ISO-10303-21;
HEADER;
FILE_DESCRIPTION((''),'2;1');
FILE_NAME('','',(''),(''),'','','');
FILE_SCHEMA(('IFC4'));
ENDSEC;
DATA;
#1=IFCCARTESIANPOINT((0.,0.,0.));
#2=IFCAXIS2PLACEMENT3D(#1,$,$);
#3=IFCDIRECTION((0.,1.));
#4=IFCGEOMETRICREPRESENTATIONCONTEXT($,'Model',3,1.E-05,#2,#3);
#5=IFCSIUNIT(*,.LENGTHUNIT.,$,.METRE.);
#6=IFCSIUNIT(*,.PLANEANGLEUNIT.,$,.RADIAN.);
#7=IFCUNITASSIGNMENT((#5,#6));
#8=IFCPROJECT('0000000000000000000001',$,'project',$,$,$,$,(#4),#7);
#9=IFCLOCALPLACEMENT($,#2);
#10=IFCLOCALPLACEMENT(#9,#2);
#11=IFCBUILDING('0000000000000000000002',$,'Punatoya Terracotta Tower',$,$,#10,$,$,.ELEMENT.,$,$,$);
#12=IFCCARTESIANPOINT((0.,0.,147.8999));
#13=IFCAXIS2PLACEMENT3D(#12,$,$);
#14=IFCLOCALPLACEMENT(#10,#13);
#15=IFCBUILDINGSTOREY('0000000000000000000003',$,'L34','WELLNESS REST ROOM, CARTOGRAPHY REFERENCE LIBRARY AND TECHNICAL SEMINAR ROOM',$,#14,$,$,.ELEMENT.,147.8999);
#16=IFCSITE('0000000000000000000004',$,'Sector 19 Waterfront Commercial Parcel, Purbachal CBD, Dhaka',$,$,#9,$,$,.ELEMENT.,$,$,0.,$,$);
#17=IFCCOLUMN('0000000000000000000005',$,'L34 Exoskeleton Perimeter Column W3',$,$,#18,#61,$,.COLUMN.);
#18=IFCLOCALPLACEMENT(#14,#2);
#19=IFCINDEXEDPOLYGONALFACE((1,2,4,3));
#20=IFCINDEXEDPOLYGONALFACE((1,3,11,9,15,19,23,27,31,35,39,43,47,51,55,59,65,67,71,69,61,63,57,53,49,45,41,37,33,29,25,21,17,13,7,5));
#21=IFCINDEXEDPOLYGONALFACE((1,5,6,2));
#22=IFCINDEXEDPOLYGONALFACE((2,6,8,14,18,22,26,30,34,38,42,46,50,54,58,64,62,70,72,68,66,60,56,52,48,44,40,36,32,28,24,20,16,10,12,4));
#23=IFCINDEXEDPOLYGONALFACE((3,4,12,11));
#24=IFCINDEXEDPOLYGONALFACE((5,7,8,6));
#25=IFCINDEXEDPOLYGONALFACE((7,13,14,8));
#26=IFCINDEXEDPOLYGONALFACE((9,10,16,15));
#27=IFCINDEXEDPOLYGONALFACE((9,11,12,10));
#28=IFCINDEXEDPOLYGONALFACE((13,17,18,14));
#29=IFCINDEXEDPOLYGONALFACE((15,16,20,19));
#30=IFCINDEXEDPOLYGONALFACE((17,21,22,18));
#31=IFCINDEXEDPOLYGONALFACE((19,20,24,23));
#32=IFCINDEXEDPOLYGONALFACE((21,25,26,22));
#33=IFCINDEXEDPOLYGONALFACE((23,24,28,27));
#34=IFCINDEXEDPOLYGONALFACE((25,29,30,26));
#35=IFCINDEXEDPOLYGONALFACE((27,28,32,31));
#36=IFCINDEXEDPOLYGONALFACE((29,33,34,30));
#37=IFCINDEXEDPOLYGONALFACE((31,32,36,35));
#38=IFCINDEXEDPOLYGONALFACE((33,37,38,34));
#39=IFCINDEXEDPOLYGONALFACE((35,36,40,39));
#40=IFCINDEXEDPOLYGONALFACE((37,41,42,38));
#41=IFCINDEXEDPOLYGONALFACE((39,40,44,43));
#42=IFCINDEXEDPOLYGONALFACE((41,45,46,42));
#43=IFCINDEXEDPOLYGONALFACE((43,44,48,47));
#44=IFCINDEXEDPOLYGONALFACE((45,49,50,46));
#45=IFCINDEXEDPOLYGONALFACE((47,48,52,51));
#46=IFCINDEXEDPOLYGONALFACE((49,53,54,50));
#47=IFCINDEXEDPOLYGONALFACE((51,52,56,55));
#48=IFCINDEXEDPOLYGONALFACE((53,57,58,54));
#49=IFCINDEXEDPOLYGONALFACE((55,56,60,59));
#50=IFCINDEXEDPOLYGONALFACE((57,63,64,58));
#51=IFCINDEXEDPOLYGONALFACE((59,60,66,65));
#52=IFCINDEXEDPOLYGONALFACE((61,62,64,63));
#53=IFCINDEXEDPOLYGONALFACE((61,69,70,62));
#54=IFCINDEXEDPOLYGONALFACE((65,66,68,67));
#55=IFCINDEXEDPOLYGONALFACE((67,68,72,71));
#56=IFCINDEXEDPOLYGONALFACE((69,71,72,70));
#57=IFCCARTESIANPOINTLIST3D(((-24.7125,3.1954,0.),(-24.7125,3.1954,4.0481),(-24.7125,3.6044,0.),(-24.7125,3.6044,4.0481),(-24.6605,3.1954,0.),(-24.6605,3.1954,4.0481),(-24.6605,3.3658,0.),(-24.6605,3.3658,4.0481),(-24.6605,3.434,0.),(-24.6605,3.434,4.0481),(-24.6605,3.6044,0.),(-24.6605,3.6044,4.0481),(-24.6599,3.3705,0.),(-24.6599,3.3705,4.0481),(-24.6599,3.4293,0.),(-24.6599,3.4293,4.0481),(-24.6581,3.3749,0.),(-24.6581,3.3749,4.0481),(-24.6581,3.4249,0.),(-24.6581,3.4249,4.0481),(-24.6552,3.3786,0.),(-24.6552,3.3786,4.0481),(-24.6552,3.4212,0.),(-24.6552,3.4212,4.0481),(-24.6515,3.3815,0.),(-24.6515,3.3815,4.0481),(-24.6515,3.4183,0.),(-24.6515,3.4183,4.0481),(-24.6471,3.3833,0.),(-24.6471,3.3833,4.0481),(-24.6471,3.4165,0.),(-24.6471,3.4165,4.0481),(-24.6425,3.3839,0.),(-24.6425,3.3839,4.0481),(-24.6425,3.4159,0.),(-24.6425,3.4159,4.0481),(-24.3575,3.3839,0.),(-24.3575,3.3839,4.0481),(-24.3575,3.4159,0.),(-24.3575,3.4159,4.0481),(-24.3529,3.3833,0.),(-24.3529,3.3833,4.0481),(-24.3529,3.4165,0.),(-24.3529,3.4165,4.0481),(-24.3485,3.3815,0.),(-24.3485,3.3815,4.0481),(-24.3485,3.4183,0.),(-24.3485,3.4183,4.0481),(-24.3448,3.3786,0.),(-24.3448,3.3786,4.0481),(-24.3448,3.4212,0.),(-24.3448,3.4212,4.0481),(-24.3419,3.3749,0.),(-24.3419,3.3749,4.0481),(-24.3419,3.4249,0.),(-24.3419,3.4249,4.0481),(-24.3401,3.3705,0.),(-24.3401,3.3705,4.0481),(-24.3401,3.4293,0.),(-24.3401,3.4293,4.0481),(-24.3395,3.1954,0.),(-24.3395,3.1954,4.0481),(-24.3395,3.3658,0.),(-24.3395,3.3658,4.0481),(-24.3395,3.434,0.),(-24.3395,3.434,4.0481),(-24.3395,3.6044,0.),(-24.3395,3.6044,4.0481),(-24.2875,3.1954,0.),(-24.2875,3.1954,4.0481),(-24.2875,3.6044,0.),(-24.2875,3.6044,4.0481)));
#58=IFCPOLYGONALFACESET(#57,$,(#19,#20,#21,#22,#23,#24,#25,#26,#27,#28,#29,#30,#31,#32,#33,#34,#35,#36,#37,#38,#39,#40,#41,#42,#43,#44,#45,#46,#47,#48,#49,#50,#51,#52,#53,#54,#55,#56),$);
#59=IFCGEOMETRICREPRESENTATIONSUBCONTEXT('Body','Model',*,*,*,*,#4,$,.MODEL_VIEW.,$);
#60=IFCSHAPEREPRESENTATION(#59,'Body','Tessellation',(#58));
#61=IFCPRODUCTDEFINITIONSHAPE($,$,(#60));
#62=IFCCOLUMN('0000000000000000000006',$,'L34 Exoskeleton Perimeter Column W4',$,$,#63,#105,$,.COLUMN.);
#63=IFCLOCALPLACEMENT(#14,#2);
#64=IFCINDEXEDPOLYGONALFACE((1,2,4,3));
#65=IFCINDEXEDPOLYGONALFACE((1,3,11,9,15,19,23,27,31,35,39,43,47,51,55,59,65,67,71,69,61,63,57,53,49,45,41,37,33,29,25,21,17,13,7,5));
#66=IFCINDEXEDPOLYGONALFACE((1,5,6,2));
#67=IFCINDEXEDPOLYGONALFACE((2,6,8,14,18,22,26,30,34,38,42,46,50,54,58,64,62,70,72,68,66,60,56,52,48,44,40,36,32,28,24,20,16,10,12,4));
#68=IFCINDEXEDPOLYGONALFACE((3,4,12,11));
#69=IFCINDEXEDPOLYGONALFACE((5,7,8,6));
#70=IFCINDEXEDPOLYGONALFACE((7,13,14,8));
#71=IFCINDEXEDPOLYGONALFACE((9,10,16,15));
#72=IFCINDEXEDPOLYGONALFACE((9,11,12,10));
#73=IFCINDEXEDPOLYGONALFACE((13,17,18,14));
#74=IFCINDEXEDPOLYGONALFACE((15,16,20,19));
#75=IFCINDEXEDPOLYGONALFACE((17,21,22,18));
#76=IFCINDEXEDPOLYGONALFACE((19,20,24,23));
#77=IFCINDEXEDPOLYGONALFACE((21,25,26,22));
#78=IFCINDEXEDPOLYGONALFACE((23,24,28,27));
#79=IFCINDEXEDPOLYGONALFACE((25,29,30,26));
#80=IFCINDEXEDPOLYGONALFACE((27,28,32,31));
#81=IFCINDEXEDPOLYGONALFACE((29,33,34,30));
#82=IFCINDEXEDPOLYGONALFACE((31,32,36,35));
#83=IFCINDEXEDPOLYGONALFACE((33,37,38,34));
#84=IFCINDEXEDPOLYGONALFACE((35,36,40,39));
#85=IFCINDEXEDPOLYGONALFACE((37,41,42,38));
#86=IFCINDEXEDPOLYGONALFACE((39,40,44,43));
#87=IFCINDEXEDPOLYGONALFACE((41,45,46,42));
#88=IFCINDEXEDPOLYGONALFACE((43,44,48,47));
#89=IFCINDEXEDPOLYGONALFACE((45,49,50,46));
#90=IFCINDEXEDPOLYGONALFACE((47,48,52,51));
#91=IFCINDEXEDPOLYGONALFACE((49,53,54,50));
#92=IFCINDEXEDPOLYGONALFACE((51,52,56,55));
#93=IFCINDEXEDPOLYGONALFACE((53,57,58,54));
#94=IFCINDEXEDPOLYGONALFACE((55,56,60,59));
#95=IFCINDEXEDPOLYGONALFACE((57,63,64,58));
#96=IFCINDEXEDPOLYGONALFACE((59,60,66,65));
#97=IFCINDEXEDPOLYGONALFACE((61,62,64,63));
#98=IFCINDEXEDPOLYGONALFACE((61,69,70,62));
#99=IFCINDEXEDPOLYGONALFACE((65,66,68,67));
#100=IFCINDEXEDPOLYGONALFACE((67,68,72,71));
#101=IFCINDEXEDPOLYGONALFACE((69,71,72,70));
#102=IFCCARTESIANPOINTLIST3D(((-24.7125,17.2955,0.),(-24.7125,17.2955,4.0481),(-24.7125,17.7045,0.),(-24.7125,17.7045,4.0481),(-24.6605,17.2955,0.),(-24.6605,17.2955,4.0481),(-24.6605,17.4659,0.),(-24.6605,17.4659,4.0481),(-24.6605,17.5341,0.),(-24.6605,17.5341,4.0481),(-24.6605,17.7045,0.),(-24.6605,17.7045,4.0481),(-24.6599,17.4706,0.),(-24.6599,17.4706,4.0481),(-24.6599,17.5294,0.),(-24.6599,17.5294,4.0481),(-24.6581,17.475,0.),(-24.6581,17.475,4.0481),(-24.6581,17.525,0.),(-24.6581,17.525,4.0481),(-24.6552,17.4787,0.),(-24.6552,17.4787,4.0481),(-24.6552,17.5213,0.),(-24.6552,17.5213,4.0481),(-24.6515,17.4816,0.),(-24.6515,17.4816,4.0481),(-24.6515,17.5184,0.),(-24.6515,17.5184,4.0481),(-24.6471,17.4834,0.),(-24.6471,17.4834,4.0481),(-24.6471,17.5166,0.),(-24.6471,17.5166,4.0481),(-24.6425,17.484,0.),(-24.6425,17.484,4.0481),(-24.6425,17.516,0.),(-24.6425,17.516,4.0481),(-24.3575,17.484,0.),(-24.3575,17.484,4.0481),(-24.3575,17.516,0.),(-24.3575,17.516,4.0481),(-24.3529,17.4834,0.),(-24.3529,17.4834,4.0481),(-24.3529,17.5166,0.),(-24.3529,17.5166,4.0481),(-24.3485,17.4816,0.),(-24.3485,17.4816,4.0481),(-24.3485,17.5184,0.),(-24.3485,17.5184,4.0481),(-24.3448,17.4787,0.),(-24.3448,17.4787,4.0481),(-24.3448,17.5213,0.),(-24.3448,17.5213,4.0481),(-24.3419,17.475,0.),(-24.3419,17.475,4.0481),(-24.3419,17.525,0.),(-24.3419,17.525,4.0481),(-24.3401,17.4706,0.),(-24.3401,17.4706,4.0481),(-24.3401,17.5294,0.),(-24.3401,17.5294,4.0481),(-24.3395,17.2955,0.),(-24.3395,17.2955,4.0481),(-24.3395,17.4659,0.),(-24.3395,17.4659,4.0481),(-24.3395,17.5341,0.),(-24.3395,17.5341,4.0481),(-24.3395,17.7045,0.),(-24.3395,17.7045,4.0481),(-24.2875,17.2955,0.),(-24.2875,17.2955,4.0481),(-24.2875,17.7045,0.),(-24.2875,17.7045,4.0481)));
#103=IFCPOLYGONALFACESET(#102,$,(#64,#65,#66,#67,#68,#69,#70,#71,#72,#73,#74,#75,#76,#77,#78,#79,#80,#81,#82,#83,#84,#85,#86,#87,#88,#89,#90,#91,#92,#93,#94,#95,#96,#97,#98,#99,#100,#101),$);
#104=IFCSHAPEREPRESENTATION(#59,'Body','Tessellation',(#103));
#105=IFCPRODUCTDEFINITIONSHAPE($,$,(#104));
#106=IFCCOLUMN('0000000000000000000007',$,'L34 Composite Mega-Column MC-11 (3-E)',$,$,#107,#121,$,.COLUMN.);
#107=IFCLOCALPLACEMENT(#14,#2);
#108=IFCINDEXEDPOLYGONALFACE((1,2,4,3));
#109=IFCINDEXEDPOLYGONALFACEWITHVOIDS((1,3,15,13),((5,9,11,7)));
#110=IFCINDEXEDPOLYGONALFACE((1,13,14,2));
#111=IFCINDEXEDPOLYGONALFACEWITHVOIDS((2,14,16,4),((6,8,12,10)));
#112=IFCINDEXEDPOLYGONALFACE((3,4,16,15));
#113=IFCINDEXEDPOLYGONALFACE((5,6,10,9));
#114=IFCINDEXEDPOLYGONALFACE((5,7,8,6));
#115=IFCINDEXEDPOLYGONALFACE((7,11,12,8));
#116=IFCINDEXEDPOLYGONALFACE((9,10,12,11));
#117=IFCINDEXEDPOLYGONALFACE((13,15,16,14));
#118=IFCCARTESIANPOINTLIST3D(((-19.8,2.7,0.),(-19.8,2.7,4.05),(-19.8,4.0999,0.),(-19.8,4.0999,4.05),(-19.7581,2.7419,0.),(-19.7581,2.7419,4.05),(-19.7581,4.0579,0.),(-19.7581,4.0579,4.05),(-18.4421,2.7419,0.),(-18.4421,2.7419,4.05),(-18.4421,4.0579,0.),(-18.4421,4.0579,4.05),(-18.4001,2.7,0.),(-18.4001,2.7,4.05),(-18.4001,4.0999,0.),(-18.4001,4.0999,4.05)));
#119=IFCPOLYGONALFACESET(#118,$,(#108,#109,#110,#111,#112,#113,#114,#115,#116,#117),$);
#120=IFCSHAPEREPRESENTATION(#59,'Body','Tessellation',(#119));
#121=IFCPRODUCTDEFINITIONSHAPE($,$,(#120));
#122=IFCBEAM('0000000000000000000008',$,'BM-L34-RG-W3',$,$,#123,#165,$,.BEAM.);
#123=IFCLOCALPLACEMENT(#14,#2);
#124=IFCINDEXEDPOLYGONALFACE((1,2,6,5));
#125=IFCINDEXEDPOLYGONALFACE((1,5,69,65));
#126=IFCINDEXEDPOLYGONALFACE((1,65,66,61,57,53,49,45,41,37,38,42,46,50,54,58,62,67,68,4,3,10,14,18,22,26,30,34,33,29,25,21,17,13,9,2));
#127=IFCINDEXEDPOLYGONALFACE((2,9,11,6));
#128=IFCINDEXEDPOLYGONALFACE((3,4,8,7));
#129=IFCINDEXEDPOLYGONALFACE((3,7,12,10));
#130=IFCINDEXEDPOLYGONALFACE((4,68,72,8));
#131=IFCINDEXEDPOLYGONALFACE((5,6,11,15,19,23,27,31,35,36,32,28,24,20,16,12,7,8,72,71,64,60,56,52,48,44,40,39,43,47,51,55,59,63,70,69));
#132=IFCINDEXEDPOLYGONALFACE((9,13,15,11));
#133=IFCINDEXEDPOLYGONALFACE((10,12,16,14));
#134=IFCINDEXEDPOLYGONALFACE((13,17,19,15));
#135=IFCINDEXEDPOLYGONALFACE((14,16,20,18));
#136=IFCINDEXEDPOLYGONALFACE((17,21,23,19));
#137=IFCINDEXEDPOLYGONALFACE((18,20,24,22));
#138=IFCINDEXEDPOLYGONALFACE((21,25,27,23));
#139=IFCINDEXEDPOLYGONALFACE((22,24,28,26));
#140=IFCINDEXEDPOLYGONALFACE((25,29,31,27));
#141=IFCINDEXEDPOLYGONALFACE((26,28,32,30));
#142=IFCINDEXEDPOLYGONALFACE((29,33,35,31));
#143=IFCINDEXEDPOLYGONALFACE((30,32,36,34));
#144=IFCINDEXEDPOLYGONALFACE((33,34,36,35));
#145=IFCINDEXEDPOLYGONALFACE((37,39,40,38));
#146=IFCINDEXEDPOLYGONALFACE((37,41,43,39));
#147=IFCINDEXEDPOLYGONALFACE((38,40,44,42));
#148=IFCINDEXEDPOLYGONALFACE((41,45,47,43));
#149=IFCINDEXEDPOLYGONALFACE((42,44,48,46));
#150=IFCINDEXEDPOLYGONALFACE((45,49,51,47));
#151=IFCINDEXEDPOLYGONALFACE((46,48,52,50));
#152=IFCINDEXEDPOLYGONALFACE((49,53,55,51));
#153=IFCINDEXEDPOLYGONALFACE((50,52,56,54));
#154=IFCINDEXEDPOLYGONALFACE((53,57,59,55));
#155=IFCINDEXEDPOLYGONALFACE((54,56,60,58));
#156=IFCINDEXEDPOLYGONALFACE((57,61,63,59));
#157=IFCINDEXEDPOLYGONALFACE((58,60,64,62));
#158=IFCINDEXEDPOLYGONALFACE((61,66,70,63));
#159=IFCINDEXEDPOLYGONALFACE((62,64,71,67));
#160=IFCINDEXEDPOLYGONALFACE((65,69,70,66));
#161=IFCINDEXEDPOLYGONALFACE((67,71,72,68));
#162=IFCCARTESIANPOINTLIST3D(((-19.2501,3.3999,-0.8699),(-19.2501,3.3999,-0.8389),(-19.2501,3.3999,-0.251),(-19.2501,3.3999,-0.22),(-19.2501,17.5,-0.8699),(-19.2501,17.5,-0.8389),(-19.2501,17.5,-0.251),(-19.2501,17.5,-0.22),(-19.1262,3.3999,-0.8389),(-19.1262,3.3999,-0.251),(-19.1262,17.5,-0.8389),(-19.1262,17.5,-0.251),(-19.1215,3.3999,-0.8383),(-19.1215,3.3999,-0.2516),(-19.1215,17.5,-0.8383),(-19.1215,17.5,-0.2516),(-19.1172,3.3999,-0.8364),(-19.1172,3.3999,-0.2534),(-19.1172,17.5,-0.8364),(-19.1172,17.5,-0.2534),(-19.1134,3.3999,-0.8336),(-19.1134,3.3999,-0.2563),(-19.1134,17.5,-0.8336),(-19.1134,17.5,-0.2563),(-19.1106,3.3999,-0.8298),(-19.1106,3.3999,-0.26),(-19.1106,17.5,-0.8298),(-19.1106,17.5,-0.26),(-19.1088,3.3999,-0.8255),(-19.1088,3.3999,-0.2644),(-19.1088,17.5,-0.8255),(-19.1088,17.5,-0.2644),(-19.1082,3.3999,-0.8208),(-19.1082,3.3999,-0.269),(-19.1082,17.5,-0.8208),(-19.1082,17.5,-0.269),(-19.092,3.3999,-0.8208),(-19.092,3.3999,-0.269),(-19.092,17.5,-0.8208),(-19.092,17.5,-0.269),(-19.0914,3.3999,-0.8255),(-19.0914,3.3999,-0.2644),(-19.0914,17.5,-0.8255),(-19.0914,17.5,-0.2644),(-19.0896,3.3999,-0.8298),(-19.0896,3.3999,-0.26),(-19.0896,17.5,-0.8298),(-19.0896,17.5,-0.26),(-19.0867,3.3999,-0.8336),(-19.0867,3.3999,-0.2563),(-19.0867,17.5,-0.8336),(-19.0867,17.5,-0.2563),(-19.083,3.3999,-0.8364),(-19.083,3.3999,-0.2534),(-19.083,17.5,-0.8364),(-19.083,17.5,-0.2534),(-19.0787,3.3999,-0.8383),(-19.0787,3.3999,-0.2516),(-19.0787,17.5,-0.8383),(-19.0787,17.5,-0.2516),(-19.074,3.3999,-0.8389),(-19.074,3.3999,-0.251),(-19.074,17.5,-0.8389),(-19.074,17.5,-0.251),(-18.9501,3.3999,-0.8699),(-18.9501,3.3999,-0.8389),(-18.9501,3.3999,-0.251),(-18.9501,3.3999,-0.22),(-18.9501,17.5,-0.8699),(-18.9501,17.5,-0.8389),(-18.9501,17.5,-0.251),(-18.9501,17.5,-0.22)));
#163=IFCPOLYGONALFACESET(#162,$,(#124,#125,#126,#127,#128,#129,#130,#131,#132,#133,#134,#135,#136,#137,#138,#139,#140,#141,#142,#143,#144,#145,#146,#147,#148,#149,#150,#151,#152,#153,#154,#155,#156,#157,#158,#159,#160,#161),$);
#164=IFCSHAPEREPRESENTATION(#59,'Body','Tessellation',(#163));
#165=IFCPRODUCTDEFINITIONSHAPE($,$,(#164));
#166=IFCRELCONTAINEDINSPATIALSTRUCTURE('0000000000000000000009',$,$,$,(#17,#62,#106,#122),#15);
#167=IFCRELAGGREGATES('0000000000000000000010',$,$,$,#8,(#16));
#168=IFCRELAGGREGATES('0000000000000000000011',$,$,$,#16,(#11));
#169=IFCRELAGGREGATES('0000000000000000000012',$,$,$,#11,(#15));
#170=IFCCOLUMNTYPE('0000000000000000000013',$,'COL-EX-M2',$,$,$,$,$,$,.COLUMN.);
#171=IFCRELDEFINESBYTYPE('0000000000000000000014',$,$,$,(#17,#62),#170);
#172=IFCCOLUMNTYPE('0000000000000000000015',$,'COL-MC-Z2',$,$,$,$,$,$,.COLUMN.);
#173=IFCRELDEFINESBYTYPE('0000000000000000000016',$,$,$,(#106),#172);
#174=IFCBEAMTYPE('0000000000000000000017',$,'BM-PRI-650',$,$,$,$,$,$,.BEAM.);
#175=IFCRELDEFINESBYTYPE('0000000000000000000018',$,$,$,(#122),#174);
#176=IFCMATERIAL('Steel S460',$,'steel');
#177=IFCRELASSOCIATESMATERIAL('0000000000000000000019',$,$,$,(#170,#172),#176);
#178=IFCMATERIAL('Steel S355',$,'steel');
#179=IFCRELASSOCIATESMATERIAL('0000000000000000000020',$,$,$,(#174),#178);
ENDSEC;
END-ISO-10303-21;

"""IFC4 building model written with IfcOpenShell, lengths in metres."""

from ifc_helpers import new_model, si_unit, direction, frame, origin, origin_2d, place, context, subcontext, project, spatial, hollow_rectangle, i_section, extrude, material, material_profile, profile_set, type_object, element, save


model = new_model("IFC4")

# Units and contexts
model_context = context("Model", 3, precision=1e-05, world=origin(), true_north=direction((0.0, 1.0)))
body_context = subcontext(model_context, "Body", "Model", "MODEL_VIEW")
ifc_project = project(units=[si_unit("LENGTHUNIT", "METRE"), si_unit("PLANEANGLEUNIT", "RADIAN")], contexts=[model_context])

# Site, building, storey
site_placement = place(None, origin())
site = spatial("IfcSite", under=ifc_project, at=site_placement, Name="Sector 19 Waterfront Commercial Parcel, Purbachal CBD, Dhaka", CompositionType="ELEMENT", RefElevation=0.0)
building_placement = place(site_placement, origin())
building = spatial("IfcBuilding", under=site, at=building_placement, Name="Punatoya Terracotta Tower", CompositionType="ELEMENT")
storey_placement = place(building_placement, frame((0.0, 0.0, 147.8999)))
storey = spatial("IfcBuildingStorey", under=building, at=storey_placement, Name="L34", Description="WELLNESS REST ROOM, CARTOGRAPHY REFERENCE LIBRARY AND TECHNICAL SEMINAR ROOM", CompositionType="ELEMENT", Elevation=147.8999)

# Columns
ifc_material_1 = material(Name="Steel S460", Category="steel")
ifc_material_profile_1 = material_profile(ifc_material_1, i_section(OverallWidth=0.4089, OverallDepth=0.425, WebThickness=0.032, FlangeThickness=0.052, FilletRadius=0.0181, at=origin_2d()))
ifc_profile_set_1 = profile_set([ifc_material_profile_1], Name="Steel S460")
column_type_1 = type_object("IfcColumnType", Name="COL-EX-M2", PredefinedType="COLUMN", material=ifc_profile_set_1)
for number, where, z_axis, x_axis, name in (
    (1, (-24.5, 3.3999, 0.0), (0.0, 0.0, 1.0), (0.0, 1.0, 0.0), "L34 Exoskeleton Perimeter Column W3"),
    (2, (-24.5, 17.5, 0.0), (0.0, 0.0, 1.0), (0.0, 1.0, 0.0), "L34 Exoskeleton Perimeter Column W4"),
):
    element("IfcColumn", number, at=place(storey_placement, frame(where, z_axis=z_axis, x_axis=x_axis)), inside=storey, type_object=column_type_1, Name=name, PredefinedType="COLUMN", context=body_context, shape_type="SweptSolid", body=[
        extrude(i_section(OverallWidth=0.4089, OverallDepth=0.425, WebThickness=0.032, FlangeThickness=0.052, FilletRadius=0.0181, at=origin_2d()), origin(), (0.0, 0.0, 1.0), 4.0481),
    ])
ifc_material_profile_2 = material_profile(ifc_material_1, hollow_rectangle(XDim=1.3999, YDim=1.3999, WallThickness=0.042, at=origin_2d()))
ifc_profile_set_2 = profile_set([ifc_material_profile_2], Name="Steel S460")
column_type_2 = type_object("IfcColumnType", Name="COL-MC-Z2", PredefinedType="COLUMN", material=ifc_profile_set_2)
column_placement = place(storey_placement, frame((-19.1001, 3.3999, 0.0), z_axis=(0.0, 0.0, 1.0), x_axis=(1.0, 0.0, 0.0)))
element("IfcColumn", 3, at=column_placement, inside=storey, type_object=column_type_2, Name="L34 Composite Mega-Column MC-11 (3-E)", PredefinedType="COLUMN", context=body_context, shape_type="SweptSolid", body=[
    extrude(hollow_rectangle(XDim=1.3999, YDim=1.3999, WallThickness=0.042, at=origin_2d()), origin(), (0.0, 0.0, 1.0), 4.05),
])

# Beam
ifc_material_2 = material(Name="Steel S355", Category="steel")
ifc_material_profile_3 = material_profile(ifc_material_2, i_section(OverallWidth=0.3, OverallDepth=0.6499, WebThickness=0.0161, FlangeThickness=0.031, FilletRadius=0.0181, at=origin_2d()))
ifc_profile_set_3 = profile_set([ifc_material_profile_3], Name="Steel S355")
beam_type_1 = type_object("IfcBeamType", Name="BM-PRI-650", PredefinedType="BEAM", material=ifc_profile_set_3)
beam_1_placement = place(storey_placement, frame((-19.1001, 3.3999, -0.5449), z_axis=(0.0, 1.0, 0.0), x_axis=(-1.0, 0.0, 0.0)))
element("IfcBeam", 4, at=beam_1_placement, inside=storey, type_object=beam_type_1, Name="BM-L34-RG-W3", PredefinedType="BEAM", context=body_context, shape_type="SweptSolid", body=[
    extrude(i_section(OverallWidth=0.3, OverallDepth=0.6499, WebThickness=0.0161, FlangeThickness=0.031, FilletRadius=0.0181, at=origin_2d()), origin(), (0.0, 0.0, 1.0), 14.1001),
])

save(model, "model.ifc")
